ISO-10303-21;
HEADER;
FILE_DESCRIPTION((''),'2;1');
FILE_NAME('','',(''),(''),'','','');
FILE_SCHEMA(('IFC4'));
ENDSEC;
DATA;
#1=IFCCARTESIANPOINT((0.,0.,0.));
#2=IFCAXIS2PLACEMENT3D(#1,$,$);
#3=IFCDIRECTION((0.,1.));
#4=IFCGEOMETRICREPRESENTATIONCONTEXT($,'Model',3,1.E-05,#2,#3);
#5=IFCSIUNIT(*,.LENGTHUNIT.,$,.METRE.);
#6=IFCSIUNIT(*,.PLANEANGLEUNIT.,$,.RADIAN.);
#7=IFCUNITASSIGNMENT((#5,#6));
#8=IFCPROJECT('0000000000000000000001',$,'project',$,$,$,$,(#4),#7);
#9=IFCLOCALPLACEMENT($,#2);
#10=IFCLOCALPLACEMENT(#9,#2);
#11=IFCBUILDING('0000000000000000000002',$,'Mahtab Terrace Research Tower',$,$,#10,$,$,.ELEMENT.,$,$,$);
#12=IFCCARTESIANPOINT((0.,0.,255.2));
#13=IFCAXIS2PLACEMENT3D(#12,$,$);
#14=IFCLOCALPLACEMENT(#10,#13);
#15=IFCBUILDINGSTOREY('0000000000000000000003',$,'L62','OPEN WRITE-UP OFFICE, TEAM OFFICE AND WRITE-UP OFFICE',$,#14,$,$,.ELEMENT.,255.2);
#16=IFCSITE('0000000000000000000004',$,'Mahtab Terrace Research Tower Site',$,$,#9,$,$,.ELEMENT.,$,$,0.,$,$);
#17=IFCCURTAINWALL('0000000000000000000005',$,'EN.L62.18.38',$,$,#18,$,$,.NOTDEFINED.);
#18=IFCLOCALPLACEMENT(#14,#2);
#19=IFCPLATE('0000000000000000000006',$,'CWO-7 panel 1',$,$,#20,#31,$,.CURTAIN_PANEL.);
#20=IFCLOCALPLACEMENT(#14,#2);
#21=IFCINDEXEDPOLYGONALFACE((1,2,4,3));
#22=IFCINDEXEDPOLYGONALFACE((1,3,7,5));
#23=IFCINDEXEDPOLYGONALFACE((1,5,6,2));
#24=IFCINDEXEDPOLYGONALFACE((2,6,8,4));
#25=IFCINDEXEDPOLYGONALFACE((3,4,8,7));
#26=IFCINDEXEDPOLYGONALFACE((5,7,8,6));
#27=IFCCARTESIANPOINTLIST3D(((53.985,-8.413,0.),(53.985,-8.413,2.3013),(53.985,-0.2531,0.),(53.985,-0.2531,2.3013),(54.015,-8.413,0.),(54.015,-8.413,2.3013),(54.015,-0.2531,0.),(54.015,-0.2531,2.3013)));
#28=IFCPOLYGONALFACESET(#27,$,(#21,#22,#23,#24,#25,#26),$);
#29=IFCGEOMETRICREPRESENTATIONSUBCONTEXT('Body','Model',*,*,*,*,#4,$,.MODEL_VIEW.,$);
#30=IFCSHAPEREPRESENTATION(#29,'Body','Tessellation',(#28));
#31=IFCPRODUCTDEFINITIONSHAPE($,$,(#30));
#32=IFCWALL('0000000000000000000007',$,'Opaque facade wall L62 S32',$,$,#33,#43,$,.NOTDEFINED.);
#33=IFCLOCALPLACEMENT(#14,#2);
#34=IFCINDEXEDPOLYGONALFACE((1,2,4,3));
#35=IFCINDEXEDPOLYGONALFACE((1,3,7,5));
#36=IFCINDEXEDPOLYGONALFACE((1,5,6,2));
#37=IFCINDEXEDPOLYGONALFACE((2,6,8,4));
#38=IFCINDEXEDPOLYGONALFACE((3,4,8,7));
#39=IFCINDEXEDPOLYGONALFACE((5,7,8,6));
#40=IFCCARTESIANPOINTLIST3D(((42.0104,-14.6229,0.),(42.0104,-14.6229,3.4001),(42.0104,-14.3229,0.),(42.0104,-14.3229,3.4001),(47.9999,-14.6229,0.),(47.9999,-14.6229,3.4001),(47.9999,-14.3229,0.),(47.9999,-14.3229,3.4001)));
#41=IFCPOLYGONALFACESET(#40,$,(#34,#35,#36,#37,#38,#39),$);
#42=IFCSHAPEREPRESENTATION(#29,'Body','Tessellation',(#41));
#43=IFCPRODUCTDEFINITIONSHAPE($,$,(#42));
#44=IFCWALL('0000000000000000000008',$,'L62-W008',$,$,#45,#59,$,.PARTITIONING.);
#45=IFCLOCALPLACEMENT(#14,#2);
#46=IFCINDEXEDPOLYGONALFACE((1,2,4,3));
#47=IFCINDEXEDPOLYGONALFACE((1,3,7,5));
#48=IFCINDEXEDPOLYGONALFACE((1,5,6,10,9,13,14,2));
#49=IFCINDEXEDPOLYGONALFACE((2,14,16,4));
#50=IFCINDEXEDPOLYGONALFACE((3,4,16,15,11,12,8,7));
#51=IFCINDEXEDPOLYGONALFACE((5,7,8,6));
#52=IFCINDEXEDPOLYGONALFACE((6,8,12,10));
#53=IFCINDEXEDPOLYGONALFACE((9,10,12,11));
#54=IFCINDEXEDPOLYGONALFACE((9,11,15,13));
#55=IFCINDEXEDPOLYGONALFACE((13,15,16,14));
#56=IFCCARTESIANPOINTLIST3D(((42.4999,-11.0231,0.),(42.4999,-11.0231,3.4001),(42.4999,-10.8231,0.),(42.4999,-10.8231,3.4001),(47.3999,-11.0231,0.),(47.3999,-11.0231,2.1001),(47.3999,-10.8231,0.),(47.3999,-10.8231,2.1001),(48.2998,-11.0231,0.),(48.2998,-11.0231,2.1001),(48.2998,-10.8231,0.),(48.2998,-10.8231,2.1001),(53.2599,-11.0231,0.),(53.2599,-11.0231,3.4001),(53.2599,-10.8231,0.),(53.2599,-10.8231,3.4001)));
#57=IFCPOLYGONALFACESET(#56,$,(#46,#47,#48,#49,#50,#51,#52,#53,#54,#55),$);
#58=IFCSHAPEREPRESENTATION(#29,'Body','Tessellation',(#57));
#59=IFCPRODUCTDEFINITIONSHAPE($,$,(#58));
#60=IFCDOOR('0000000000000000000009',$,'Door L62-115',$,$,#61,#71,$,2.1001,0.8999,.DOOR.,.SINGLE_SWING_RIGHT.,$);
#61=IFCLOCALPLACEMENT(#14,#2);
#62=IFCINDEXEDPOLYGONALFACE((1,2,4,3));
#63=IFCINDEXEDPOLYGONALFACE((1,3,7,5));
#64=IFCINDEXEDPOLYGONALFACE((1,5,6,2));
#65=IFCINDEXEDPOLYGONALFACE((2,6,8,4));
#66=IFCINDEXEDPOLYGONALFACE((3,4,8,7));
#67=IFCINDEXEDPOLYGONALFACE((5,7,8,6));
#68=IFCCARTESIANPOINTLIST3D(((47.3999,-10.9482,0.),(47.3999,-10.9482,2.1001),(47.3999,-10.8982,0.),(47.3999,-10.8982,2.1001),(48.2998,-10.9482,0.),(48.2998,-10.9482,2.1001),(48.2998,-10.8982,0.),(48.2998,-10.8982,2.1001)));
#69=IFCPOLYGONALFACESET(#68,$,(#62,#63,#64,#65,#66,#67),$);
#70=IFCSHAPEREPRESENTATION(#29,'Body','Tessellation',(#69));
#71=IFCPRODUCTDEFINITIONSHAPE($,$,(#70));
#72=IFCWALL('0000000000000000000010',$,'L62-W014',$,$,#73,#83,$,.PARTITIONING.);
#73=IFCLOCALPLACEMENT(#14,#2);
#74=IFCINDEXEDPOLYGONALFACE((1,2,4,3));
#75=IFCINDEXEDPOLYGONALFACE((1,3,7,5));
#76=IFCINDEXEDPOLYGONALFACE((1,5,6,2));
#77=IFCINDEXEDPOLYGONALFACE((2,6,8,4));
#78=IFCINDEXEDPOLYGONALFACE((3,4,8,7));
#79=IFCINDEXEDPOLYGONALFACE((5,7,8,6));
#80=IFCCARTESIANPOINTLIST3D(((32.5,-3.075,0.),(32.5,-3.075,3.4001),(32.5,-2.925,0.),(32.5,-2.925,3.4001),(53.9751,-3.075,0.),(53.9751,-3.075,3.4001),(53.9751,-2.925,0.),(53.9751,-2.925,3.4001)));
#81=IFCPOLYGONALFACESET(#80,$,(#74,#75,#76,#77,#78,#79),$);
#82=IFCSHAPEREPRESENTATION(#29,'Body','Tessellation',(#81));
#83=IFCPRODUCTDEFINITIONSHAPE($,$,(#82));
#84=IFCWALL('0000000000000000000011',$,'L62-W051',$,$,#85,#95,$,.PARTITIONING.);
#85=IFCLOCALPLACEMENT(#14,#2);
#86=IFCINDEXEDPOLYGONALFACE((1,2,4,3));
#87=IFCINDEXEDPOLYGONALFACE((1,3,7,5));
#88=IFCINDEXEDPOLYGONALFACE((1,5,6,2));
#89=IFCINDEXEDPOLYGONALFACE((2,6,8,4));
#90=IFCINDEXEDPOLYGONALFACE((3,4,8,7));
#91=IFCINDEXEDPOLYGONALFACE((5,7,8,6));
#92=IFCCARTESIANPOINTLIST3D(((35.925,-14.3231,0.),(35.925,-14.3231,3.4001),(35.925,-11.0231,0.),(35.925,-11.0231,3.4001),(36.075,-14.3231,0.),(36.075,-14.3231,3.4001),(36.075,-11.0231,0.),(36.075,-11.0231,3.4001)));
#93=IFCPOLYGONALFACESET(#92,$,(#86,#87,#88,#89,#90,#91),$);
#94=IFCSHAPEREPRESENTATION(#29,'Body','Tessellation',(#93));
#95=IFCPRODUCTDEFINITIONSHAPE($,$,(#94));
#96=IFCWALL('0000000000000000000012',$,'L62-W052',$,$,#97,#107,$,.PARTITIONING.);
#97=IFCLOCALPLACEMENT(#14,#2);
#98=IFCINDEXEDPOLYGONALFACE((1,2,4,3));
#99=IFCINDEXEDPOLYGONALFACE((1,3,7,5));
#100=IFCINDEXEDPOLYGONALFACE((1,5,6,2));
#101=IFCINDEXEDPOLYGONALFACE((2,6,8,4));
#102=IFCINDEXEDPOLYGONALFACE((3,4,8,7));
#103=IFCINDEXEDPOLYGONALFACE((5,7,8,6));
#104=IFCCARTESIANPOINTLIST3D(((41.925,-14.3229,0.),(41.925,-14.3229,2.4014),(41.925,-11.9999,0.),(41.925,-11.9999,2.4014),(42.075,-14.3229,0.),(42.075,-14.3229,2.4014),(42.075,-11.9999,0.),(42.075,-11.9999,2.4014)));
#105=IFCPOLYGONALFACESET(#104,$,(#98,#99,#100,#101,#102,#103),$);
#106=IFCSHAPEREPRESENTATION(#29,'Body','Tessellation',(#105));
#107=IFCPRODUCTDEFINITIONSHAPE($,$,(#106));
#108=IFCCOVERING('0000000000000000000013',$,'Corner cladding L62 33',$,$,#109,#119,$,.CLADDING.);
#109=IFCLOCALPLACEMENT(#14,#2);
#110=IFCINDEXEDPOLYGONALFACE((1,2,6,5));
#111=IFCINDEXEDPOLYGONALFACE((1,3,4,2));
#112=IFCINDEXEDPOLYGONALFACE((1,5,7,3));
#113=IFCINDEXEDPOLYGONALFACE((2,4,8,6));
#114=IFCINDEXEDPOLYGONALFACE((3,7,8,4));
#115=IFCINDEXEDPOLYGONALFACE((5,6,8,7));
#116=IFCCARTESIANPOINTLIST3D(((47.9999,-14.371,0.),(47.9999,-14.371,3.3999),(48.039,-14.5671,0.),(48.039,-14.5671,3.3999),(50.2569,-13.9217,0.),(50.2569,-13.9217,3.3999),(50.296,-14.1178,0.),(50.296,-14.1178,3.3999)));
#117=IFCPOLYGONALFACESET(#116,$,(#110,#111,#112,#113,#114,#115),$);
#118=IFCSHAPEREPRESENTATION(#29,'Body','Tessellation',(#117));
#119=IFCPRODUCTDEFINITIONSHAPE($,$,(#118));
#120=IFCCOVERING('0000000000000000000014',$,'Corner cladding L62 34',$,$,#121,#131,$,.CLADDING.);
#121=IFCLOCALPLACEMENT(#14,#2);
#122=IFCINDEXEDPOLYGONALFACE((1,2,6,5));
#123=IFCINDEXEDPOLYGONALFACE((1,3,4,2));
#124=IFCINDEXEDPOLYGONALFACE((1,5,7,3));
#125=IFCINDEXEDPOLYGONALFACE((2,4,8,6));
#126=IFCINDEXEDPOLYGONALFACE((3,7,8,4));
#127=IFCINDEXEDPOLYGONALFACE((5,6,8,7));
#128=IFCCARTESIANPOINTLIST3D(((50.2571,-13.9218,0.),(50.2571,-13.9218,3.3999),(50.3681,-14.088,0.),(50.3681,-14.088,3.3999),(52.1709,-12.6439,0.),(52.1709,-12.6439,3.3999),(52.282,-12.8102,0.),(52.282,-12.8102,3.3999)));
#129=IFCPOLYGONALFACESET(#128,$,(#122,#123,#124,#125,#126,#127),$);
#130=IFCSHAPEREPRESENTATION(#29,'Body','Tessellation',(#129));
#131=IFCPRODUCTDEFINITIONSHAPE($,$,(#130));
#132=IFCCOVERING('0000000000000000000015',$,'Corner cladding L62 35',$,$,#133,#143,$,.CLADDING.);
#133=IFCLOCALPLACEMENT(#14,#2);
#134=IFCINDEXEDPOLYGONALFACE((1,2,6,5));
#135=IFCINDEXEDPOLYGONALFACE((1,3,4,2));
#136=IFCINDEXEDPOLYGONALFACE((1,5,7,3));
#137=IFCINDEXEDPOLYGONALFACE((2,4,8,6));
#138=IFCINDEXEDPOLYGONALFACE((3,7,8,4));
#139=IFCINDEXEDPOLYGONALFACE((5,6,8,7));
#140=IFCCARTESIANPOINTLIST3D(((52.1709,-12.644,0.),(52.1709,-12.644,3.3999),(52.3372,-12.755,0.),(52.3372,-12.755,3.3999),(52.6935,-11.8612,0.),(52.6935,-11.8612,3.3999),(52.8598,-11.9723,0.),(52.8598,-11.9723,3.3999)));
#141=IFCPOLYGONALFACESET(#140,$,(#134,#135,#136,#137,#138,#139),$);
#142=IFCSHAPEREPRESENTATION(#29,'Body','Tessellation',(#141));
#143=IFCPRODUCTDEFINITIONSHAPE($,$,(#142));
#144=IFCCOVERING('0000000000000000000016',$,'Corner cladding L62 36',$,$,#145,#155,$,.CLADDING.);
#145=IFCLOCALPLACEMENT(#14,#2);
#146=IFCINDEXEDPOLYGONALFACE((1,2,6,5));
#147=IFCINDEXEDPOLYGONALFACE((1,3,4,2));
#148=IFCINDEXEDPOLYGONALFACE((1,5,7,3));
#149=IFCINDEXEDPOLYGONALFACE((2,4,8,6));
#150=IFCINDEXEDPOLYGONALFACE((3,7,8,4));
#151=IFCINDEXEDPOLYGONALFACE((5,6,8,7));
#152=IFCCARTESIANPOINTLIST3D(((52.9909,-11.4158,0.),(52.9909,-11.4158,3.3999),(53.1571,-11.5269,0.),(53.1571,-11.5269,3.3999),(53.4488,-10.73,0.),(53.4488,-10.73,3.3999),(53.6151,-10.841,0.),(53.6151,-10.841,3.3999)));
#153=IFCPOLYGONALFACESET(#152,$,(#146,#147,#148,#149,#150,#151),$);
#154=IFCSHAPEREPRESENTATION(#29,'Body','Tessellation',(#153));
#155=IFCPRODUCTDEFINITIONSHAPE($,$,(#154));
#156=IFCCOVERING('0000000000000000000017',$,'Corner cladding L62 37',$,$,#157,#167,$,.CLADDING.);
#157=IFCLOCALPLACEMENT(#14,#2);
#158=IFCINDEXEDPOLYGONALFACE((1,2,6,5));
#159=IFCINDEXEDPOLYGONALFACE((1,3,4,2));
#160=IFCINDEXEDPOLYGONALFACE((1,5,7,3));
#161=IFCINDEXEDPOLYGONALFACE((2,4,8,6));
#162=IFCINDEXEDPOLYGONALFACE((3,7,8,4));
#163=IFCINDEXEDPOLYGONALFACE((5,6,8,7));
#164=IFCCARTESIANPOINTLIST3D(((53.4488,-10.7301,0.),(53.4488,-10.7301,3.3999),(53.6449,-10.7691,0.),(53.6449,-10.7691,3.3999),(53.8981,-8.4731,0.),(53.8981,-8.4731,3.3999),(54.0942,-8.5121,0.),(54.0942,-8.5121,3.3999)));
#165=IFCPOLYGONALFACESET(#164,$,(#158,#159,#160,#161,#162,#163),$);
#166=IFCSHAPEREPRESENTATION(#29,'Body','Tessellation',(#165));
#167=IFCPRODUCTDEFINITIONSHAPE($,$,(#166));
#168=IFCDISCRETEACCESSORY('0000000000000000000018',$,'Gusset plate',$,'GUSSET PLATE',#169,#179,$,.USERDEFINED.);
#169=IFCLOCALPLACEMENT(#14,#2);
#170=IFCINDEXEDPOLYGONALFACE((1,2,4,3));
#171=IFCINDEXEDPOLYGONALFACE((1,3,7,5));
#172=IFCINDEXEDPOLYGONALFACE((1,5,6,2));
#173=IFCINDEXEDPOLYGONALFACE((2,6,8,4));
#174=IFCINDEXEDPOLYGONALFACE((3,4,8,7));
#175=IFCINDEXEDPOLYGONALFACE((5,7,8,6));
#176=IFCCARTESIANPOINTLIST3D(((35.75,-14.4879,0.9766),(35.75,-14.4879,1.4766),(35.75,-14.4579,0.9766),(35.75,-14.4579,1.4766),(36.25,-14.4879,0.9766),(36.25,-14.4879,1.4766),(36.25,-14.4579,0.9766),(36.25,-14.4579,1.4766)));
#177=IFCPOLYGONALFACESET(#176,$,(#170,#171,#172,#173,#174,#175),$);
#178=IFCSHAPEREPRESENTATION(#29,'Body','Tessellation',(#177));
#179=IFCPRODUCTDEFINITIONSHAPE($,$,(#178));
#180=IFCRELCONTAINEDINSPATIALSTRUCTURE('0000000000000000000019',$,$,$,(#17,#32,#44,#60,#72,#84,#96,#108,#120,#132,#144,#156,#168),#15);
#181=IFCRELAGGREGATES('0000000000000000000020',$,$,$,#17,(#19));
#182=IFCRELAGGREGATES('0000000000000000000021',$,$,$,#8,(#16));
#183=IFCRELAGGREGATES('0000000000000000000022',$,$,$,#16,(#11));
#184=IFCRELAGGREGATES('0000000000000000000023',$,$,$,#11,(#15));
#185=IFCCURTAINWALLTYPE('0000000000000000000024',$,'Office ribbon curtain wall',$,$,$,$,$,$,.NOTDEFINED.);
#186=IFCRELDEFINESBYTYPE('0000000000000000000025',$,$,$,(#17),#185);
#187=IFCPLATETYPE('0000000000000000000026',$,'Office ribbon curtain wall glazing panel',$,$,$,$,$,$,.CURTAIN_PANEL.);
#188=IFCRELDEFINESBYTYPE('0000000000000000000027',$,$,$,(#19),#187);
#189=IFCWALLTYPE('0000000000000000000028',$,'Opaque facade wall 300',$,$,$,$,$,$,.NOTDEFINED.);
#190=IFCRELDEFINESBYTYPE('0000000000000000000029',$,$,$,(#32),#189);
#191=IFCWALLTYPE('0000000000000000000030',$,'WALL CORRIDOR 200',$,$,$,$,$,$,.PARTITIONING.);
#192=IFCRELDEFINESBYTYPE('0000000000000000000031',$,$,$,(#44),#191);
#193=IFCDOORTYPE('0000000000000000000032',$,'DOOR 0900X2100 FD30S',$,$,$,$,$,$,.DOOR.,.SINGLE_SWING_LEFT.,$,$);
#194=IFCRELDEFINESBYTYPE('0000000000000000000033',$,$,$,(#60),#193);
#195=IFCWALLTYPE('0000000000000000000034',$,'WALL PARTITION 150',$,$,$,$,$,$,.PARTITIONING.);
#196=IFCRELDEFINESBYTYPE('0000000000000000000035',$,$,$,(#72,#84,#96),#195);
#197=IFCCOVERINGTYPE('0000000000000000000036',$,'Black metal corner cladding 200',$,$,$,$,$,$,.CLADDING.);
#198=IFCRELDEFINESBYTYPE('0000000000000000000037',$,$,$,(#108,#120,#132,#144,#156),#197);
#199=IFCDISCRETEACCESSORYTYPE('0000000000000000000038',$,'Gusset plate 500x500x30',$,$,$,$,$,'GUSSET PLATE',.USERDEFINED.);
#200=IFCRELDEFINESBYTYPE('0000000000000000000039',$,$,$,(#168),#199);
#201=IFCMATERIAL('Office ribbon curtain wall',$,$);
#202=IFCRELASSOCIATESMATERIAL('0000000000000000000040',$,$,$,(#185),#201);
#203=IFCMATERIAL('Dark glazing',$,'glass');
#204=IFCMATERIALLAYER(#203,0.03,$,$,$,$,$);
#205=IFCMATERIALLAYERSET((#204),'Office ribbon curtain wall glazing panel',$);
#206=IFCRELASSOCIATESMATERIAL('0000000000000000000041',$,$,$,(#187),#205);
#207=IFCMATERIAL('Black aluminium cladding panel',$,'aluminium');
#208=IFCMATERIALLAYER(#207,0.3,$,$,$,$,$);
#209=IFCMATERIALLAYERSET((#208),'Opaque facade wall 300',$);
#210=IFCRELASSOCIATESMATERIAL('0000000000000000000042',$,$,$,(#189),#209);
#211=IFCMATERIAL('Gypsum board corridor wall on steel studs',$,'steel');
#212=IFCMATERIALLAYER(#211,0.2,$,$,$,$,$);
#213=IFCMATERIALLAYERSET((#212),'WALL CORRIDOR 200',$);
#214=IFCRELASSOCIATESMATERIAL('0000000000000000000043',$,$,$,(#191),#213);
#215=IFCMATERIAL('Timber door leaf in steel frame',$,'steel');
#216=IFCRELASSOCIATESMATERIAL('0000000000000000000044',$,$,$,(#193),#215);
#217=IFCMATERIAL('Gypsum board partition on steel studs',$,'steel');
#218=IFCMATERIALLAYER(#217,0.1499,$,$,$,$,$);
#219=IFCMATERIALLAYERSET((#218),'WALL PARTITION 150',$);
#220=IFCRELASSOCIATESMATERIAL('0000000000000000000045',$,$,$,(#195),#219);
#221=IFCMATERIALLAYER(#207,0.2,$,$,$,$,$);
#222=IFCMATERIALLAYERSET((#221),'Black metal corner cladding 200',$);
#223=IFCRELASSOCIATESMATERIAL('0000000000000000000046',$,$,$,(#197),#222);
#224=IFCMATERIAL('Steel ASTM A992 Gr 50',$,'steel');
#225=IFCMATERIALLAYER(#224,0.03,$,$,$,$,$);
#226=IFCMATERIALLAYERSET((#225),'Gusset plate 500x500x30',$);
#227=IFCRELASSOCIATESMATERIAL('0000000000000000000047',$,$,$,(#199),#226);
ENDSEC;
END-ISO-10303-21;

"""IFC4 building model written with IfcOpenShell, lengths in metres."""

from ifc_helpers import new_model, si_unit, direction, frame, frame_2d, origin, origin_2d, place, context, subcontext, project, spatial, rectangle, extrude, material, layer, layer_set, type_object, element, fill, aggregate, save


model = new_model("IFC4")

# Units and contexts
model_context = context("Model", 3, precision=1e-05, world=origin(), true_north=direction((0.0, 1.0)))
body_context = subcontext(model_context, "Body", "Model", "MODEL_VIEW")
ifc_project = project(units=[si_unit("LENGTHUNIT", "METRE"), si_unit("PLANEANGLEUNIT", "RADIAN")], contexts=[model_context])

# Site, building, storey
site_placement = place(None, origin())
site = spatial("IfcSite", under=ifc_project, at=site_placement, Name="Mahtab Terrace Research Tower Site", CompositionType="ELEMENT", RefElevation=0.0)
building_placement = place(site_placement, origin())
building = spatial("IfcBuilding", under=site, at=building_placement, Name="Mahtab Terrace Research Tower", CompositionType="ELEMENT")
storey_placement = place(building_placement, frame((0.0, 0.0, 255.2)))
storey = spatial("IfcBuildingStorey", under=building, at=storey_placement, Name="L62", Description="OPEN WRITE-UP OFFICE, TEAM OFFICE AND WRITE-UP OFFICE", CompositionType="ELEMENT", Elevation=255.2)

# Shared definitions
ifc_material_1 = material(Name="Steel ASTM A992 Gr 50", Category="steel")

# Curtain wall
ifc_material_2 = material(Name="Office ribbon curtain wall")
curtain_wall_type = type_object("IfcCurtainWallType", Name="Office ribbon curtain wall", PredefinedType="NOTDEFINED", material=ifc_material_2)
curtain_wall_placement = place(storey_placement, origin())
curtain_wall = element("IfcCurtainWall", 1, at=curtain_wall_placement, inside=storey, type_object=curtain_wall_type, Name="EN.L62.18.38", PredefinedType="NOTDEFINED")

# Plate
ifc_material_3 = material(Name="Dark glazing", Category="glass")
ifc_layer_1 = layer(ifc_material_3, 0.03)
ifc_layer_set_1 = layer_set([ifc_layer_1], Name="Office ribbon curtain wall glazing panel")
plate_type = type_object("IfcPlateType", Name="Office ribbon curtain wall glazing panel", PredefinedType="CURTAIN_PANEL", material=ifc_layer_set_1)
plate_placement = place(storey_placement, frame((54.0, -4.333, 0.0), z_axis=(0.0, 0.0, 1.0), x_axis=(0.0, 1.0, 0.0)))
plate = element("IfcPlate", 2, at=plate_placement, type_object=plate_type, Name="CWO-7 panel 1", PredefinedType="CURTAIN_PANEL", context=body_context, shape_type="SweptSolid", body=[
    extrude(rectangle(XDim=8.1599, YDim=0.03, at=origin_2d()), origin(), (0.0, 0.0, 1.0), 2.3013),
])
aggregate(curtain_wall, [plate])

# Wall
ifc_material_4 = material(Name="Black aluminium cladding panel", Category="aluminium")
ifc_layer_2 = layer(ifc_material_4, 0.3)
ifc_layer_set_2 = layer_set([ifc_layer_2], Name="Opaque facade wall 300")
wall_type_1 = type_object("IfcWallType", Name="Opaque facade wall 300", PredefinedType="NOTDEFINED", material=ifc_layer_set_2)
wall_1_placement = place(storey_placement, frame((42.0105, -14.4729, 0.0), z_axis=(0.0, 0.0, 1.0), x_axis=(1.0, 0.0, 0.0)))
element("IfcWall", 3, at=wall_1_placement, inside=storey, type_object=wall_type_1, Name="Opaque facade wall L62 S32", PredefinedType="NOTDEFINED", context=body_context, shape_type="SweptSolid", body=[
    extrude(rectangle(XDim=5.9895, YDim=0.3, at=frame_2d((2.9946, 0.0))), origin(), (0.0, 0.0, 1.0), 3.4001),
])

# Wall, opening, door
ifc_material_5 = material(Name="Gypsum board corridor wall on steel studs", Category="steel")
ifc_layer_3 = layer(ifc_material_5, 0.2)
ifc_layer_set_3 = layer_set([ifc_layer_3], Name="WALL CORRIDOR 200")
wall_type_2 = type_object("IfcWallType", Name="WALL CORRIDOR 200", PredefinedType="PARTITIONING", material=ifc_layer_set_3)
wall_2_placement = place(storey_placement, frame((42.5, -10.9231, 0.0), z_axis=(0.0, 0.0, 1.0), x_axis=(1.0, 0.0, 0.0)))
wall_2 = element("IfcWall", 4, at=wall_2_placement, inside=storey, type_object=wall_type_2, Name="L62-W008", PredefinedType="PARTITIONING", context=body_context, shape_type="SweptSolid", body=[
    extrude(rectangle(XDim=10.76, YDim=0.2, at=frame_2d((5.3799, 0.0))), origin(), (0.0, 0.0, 1.0), 3.4001),
])
opening_placement = place(wall_2_placement, frame((4.8999, 0.0, 0.0)))
opening = element("IfcOpeningElement", 5, at=opening_placement, cuts=wall_2, PredefinedType="OPENING", context=body_context, shape_type="SweptSolid", body=[
    extrude(rectangle(XDim=0.8999, YDim=2.1001, at=frame_2d((0.45, 1.05))), frame((0.0, 0.1099, 0.0), z_axis=(0.0, -1.0, 0.0), x_axis=(1.0, 0.0, 0.0)), (0.0, 0.0, 1.0), 0.22),
])
ifc_material_6 = material(Name="Timber door leaf in steel frame", Category="steel")
door_type = type_object("IfcDoorType", Name="DOOR 0900X2100 FD30S", OperationType="SINGLE_SWING_LEFT", PredefinedType="DOOR", material=ifc_material_6)
door_placement = place(opening_placement, origin())
door = element("IfcDoor", 6, at=door_placement, inside=storey, type_object=door_type, Name="Door L62-115", OperationType="SINGLE_SWING_RIGHT", OverallHeight=2.1001, OverallWidth=0.8999, PredefinedType="DOOR", context=body_context, shape_type="SweptSolid", body=[
    extrude(rectangle(XDim=0.8999, YDim=2.1001, at=frame_2d((0.45, 1.05))), frame((0.0, 0.0249, 0.0), z_axis=(0.0, -1.0, 0.0), x_axis=(1.0, 0.0, 0.0)), (0.0, 0.0, 1.0), 0.05),
])
fill(opening, door)

# Walls
ifc_material_7 = material(Name="Gypsum board partition on steel studs", Category="steel")
ifc_layer_4 = layer(ifc_material_7, 0.1499)
ifc_layer_set_4 = layer_set([ifc_layer_4], Name="WALL PARTITION 150")
wall_type_3 = type_object("IfcWallType", Name="WALL PARTITION 150", PredefinedType="PARTITIONING", material=ifc_layer_set_4)
wall_3_placement = place(storey_placement, frame((32.5, -3.0, 0.0), z_axis=(0.0, 0.0, 1.0), x_axis=(1.0, 0.0, 0.0)))
element("IfcWall", 7, at=wall_3_placement, inside=storey, type_object=wall_type_3, Name="L62-W014", PredefinedType="PARTITIONING", context=body_context, shape_type="SweptSolid", body=[
    extrude(rectangle(XDim=21.4751, YDim=0.1499, at=frame_2d((10.7375, 0.0))), origin(), (0.0, 0.0, 1.0), 3.4001),
])
wall_4_placement = place(storey_placement, frame((36.0, -14.323, 0.0), z_axis=(0.0, 0.0, 1.0), x_axis=(0.0, 1.0, 0.0)))
element("IfcWall", 8, at=wall_4_placement, inside=storey, type_object=wall_type_3, Name="L62-W051", PredefinedType="PARTITIONING", context=body_context, shape_type="SweptSolid", body=[
    extrude(rectangle(XDim=3.3, YDim=0.1499, at=frame_2d((1.6499, 0.0))), origin(), (0.0, 0.0, 1.0), 3.4001),
])
wall_5_placement = place(storey_placement, frame((42.0, -14.323, 0.0), z_axis=(0.0, 0.0, 1.0), x_axis=(0.0, 1.0, 0.0)))
element("IfcWall", 9, at=wall_5_placement, inside=storey, type_object=wall_type_3, Name="L62-W052", PredefinedType="PARTITIONING", context=body_context, shape_type="SweptSolid", body=[
    extrude(rectangle(XDim=2.323, YDim=0.1499, at=frame_2d((1.1616, 0.0))), origin(), (0.0, 0.0, 1.0), 2.4014),
])

# Coverings
ifc_layer_5 = layer(ifc_material_4, 0.2)
ifc_layer_set_5 = layer_set([ifc_layer_5], Name="Black metal corner cladding 200")
covering_type = type_object("IfcCoveringType", Name="Black metal corner cladding 200", PredefinedType="CLADDING", material=ifc_layer_set_5)
for number, where, z_axis, x_axis, name in (
    (10, (49.1479, -14.2444, 0.0), (0.0, 0.0, 1.0), (0.980761, 0.195212, 0.0), "Corner cladding L62 33"),
    (11, (51.2695, -13.366, 0.0), (0.0, 0.0, 1.0), (0.831656, 0.555291, 0.0), "Corner cladding L62 34"),
):
    element("IfcCovering", number, at=place(storey_placement, frame(where, z_axis=z_axis, x_axis=x_axis)), inside=storey, type_object=covering_type, Name=name, PredefinedType="CLADDING", context=body_context, shape_type="SweptSolid", body=[
        extrude(rectangle(XDim=2.3013, YDim=0.2, at=origin_2d()), origin(), (0.0, 0.0, 1.0), 3.3999),
    ])
covering_1_placement = place(storey_placement, frame((52.5154, -12.3081, 0.0), z_axis=(0.0, 0.0, 1.0), x_axis=(0.555291, 0.831656, 0.0)))
element("IfcCovering", 12, at=covering_1_placement, inside=storey, type_object=covering_type, Name="Corner cladding L62 35", PredefinedType="CLADDING", context=body_context, shape_type="SweptSolid", body=[
    extrude(rectangle(XDim=0.9412, YDim=0.2, at=origin_2d()), origin(), (0.0, 0.0, 1.0), 3.3999),
])
covering_2_placement = place(storey_placement, frame((53.303, -11.1284, 0.0), z_axis=(0.0, 0.0, 1.0), x_axis=(0.555291, 0.831656, 0.0)))
element("IfcCovering", 13, at=covering_2_placement, inside=storey, type_object=covering_type, Name="Corner cladding L62 36", PredefinedType="CLADDING", context=body_context, shape_type="SweptSolid", body=[
    extrude(rectangle(XDim=0.8247, YDim=0.2, at=origin_2d()), origin(), (0.0, 0.0, 1.0), 3.3999),
])
covering_3_placement = place(storey_placement, frame((53.7715, -9.6211, 0.0), z_axis=(0.0, 0.0, 1.0), x_axis=(0.195212, 0.980761, 0.0)))
element("IfcCovering", 14, at=covering_3_placement, inside=storey, type_object=covering_type, Name="Corner cladding L62 37", PredefinedType="CLADDING", context=body_context, shape_type="SweptSolid", body=[
    extrude(rectangle(XDim=2.3013, YDim=0.2, at=origin_2d()), origin(), (0.0, 0.0, 1.0), 3.3999),
])

# Discrete accessory
ifc_layer_6 = layer(ifc_material_1, 0.03)
ifc_layer_set_6 = layer_set([ifc_layer_6], Name="Gusset plate 500x500x30")
discrete_accessory_type = type_object("IfcDiscreteAccessoryType", Name="Gusset plate 500x500x30", ElementType="GUSSET PLATE", PredefinedType="USERDEFINED", material=ifc_layer_set_6)
for number, where, z_axis, x_axis, name in (
    (15, (36.0, -14.4729, 0.9766), (0.0, 0.0, 1.0), (1.0, 0.0, 0.0), "Gusset plate"),
):
    element("IfcDiscreteAccessory", number, at=place(storey_placement, frame(where, z_axis=z_axis, x_axis=x_axis)), inside=storey, type_object=discrete_accessory_type, Name=name, ObjectType="GUSSET PLATE", PredefinedType="USERDEFINED", context=body_context, shape_type="SweptSolid", body=[
        extrude(rectangle(XDim=0.5, YDim=0.03, at=origin_2d()), origin(), (0.0, 0.0, 1.0), 0.5),
    ])

save(model, "model.ifc")
